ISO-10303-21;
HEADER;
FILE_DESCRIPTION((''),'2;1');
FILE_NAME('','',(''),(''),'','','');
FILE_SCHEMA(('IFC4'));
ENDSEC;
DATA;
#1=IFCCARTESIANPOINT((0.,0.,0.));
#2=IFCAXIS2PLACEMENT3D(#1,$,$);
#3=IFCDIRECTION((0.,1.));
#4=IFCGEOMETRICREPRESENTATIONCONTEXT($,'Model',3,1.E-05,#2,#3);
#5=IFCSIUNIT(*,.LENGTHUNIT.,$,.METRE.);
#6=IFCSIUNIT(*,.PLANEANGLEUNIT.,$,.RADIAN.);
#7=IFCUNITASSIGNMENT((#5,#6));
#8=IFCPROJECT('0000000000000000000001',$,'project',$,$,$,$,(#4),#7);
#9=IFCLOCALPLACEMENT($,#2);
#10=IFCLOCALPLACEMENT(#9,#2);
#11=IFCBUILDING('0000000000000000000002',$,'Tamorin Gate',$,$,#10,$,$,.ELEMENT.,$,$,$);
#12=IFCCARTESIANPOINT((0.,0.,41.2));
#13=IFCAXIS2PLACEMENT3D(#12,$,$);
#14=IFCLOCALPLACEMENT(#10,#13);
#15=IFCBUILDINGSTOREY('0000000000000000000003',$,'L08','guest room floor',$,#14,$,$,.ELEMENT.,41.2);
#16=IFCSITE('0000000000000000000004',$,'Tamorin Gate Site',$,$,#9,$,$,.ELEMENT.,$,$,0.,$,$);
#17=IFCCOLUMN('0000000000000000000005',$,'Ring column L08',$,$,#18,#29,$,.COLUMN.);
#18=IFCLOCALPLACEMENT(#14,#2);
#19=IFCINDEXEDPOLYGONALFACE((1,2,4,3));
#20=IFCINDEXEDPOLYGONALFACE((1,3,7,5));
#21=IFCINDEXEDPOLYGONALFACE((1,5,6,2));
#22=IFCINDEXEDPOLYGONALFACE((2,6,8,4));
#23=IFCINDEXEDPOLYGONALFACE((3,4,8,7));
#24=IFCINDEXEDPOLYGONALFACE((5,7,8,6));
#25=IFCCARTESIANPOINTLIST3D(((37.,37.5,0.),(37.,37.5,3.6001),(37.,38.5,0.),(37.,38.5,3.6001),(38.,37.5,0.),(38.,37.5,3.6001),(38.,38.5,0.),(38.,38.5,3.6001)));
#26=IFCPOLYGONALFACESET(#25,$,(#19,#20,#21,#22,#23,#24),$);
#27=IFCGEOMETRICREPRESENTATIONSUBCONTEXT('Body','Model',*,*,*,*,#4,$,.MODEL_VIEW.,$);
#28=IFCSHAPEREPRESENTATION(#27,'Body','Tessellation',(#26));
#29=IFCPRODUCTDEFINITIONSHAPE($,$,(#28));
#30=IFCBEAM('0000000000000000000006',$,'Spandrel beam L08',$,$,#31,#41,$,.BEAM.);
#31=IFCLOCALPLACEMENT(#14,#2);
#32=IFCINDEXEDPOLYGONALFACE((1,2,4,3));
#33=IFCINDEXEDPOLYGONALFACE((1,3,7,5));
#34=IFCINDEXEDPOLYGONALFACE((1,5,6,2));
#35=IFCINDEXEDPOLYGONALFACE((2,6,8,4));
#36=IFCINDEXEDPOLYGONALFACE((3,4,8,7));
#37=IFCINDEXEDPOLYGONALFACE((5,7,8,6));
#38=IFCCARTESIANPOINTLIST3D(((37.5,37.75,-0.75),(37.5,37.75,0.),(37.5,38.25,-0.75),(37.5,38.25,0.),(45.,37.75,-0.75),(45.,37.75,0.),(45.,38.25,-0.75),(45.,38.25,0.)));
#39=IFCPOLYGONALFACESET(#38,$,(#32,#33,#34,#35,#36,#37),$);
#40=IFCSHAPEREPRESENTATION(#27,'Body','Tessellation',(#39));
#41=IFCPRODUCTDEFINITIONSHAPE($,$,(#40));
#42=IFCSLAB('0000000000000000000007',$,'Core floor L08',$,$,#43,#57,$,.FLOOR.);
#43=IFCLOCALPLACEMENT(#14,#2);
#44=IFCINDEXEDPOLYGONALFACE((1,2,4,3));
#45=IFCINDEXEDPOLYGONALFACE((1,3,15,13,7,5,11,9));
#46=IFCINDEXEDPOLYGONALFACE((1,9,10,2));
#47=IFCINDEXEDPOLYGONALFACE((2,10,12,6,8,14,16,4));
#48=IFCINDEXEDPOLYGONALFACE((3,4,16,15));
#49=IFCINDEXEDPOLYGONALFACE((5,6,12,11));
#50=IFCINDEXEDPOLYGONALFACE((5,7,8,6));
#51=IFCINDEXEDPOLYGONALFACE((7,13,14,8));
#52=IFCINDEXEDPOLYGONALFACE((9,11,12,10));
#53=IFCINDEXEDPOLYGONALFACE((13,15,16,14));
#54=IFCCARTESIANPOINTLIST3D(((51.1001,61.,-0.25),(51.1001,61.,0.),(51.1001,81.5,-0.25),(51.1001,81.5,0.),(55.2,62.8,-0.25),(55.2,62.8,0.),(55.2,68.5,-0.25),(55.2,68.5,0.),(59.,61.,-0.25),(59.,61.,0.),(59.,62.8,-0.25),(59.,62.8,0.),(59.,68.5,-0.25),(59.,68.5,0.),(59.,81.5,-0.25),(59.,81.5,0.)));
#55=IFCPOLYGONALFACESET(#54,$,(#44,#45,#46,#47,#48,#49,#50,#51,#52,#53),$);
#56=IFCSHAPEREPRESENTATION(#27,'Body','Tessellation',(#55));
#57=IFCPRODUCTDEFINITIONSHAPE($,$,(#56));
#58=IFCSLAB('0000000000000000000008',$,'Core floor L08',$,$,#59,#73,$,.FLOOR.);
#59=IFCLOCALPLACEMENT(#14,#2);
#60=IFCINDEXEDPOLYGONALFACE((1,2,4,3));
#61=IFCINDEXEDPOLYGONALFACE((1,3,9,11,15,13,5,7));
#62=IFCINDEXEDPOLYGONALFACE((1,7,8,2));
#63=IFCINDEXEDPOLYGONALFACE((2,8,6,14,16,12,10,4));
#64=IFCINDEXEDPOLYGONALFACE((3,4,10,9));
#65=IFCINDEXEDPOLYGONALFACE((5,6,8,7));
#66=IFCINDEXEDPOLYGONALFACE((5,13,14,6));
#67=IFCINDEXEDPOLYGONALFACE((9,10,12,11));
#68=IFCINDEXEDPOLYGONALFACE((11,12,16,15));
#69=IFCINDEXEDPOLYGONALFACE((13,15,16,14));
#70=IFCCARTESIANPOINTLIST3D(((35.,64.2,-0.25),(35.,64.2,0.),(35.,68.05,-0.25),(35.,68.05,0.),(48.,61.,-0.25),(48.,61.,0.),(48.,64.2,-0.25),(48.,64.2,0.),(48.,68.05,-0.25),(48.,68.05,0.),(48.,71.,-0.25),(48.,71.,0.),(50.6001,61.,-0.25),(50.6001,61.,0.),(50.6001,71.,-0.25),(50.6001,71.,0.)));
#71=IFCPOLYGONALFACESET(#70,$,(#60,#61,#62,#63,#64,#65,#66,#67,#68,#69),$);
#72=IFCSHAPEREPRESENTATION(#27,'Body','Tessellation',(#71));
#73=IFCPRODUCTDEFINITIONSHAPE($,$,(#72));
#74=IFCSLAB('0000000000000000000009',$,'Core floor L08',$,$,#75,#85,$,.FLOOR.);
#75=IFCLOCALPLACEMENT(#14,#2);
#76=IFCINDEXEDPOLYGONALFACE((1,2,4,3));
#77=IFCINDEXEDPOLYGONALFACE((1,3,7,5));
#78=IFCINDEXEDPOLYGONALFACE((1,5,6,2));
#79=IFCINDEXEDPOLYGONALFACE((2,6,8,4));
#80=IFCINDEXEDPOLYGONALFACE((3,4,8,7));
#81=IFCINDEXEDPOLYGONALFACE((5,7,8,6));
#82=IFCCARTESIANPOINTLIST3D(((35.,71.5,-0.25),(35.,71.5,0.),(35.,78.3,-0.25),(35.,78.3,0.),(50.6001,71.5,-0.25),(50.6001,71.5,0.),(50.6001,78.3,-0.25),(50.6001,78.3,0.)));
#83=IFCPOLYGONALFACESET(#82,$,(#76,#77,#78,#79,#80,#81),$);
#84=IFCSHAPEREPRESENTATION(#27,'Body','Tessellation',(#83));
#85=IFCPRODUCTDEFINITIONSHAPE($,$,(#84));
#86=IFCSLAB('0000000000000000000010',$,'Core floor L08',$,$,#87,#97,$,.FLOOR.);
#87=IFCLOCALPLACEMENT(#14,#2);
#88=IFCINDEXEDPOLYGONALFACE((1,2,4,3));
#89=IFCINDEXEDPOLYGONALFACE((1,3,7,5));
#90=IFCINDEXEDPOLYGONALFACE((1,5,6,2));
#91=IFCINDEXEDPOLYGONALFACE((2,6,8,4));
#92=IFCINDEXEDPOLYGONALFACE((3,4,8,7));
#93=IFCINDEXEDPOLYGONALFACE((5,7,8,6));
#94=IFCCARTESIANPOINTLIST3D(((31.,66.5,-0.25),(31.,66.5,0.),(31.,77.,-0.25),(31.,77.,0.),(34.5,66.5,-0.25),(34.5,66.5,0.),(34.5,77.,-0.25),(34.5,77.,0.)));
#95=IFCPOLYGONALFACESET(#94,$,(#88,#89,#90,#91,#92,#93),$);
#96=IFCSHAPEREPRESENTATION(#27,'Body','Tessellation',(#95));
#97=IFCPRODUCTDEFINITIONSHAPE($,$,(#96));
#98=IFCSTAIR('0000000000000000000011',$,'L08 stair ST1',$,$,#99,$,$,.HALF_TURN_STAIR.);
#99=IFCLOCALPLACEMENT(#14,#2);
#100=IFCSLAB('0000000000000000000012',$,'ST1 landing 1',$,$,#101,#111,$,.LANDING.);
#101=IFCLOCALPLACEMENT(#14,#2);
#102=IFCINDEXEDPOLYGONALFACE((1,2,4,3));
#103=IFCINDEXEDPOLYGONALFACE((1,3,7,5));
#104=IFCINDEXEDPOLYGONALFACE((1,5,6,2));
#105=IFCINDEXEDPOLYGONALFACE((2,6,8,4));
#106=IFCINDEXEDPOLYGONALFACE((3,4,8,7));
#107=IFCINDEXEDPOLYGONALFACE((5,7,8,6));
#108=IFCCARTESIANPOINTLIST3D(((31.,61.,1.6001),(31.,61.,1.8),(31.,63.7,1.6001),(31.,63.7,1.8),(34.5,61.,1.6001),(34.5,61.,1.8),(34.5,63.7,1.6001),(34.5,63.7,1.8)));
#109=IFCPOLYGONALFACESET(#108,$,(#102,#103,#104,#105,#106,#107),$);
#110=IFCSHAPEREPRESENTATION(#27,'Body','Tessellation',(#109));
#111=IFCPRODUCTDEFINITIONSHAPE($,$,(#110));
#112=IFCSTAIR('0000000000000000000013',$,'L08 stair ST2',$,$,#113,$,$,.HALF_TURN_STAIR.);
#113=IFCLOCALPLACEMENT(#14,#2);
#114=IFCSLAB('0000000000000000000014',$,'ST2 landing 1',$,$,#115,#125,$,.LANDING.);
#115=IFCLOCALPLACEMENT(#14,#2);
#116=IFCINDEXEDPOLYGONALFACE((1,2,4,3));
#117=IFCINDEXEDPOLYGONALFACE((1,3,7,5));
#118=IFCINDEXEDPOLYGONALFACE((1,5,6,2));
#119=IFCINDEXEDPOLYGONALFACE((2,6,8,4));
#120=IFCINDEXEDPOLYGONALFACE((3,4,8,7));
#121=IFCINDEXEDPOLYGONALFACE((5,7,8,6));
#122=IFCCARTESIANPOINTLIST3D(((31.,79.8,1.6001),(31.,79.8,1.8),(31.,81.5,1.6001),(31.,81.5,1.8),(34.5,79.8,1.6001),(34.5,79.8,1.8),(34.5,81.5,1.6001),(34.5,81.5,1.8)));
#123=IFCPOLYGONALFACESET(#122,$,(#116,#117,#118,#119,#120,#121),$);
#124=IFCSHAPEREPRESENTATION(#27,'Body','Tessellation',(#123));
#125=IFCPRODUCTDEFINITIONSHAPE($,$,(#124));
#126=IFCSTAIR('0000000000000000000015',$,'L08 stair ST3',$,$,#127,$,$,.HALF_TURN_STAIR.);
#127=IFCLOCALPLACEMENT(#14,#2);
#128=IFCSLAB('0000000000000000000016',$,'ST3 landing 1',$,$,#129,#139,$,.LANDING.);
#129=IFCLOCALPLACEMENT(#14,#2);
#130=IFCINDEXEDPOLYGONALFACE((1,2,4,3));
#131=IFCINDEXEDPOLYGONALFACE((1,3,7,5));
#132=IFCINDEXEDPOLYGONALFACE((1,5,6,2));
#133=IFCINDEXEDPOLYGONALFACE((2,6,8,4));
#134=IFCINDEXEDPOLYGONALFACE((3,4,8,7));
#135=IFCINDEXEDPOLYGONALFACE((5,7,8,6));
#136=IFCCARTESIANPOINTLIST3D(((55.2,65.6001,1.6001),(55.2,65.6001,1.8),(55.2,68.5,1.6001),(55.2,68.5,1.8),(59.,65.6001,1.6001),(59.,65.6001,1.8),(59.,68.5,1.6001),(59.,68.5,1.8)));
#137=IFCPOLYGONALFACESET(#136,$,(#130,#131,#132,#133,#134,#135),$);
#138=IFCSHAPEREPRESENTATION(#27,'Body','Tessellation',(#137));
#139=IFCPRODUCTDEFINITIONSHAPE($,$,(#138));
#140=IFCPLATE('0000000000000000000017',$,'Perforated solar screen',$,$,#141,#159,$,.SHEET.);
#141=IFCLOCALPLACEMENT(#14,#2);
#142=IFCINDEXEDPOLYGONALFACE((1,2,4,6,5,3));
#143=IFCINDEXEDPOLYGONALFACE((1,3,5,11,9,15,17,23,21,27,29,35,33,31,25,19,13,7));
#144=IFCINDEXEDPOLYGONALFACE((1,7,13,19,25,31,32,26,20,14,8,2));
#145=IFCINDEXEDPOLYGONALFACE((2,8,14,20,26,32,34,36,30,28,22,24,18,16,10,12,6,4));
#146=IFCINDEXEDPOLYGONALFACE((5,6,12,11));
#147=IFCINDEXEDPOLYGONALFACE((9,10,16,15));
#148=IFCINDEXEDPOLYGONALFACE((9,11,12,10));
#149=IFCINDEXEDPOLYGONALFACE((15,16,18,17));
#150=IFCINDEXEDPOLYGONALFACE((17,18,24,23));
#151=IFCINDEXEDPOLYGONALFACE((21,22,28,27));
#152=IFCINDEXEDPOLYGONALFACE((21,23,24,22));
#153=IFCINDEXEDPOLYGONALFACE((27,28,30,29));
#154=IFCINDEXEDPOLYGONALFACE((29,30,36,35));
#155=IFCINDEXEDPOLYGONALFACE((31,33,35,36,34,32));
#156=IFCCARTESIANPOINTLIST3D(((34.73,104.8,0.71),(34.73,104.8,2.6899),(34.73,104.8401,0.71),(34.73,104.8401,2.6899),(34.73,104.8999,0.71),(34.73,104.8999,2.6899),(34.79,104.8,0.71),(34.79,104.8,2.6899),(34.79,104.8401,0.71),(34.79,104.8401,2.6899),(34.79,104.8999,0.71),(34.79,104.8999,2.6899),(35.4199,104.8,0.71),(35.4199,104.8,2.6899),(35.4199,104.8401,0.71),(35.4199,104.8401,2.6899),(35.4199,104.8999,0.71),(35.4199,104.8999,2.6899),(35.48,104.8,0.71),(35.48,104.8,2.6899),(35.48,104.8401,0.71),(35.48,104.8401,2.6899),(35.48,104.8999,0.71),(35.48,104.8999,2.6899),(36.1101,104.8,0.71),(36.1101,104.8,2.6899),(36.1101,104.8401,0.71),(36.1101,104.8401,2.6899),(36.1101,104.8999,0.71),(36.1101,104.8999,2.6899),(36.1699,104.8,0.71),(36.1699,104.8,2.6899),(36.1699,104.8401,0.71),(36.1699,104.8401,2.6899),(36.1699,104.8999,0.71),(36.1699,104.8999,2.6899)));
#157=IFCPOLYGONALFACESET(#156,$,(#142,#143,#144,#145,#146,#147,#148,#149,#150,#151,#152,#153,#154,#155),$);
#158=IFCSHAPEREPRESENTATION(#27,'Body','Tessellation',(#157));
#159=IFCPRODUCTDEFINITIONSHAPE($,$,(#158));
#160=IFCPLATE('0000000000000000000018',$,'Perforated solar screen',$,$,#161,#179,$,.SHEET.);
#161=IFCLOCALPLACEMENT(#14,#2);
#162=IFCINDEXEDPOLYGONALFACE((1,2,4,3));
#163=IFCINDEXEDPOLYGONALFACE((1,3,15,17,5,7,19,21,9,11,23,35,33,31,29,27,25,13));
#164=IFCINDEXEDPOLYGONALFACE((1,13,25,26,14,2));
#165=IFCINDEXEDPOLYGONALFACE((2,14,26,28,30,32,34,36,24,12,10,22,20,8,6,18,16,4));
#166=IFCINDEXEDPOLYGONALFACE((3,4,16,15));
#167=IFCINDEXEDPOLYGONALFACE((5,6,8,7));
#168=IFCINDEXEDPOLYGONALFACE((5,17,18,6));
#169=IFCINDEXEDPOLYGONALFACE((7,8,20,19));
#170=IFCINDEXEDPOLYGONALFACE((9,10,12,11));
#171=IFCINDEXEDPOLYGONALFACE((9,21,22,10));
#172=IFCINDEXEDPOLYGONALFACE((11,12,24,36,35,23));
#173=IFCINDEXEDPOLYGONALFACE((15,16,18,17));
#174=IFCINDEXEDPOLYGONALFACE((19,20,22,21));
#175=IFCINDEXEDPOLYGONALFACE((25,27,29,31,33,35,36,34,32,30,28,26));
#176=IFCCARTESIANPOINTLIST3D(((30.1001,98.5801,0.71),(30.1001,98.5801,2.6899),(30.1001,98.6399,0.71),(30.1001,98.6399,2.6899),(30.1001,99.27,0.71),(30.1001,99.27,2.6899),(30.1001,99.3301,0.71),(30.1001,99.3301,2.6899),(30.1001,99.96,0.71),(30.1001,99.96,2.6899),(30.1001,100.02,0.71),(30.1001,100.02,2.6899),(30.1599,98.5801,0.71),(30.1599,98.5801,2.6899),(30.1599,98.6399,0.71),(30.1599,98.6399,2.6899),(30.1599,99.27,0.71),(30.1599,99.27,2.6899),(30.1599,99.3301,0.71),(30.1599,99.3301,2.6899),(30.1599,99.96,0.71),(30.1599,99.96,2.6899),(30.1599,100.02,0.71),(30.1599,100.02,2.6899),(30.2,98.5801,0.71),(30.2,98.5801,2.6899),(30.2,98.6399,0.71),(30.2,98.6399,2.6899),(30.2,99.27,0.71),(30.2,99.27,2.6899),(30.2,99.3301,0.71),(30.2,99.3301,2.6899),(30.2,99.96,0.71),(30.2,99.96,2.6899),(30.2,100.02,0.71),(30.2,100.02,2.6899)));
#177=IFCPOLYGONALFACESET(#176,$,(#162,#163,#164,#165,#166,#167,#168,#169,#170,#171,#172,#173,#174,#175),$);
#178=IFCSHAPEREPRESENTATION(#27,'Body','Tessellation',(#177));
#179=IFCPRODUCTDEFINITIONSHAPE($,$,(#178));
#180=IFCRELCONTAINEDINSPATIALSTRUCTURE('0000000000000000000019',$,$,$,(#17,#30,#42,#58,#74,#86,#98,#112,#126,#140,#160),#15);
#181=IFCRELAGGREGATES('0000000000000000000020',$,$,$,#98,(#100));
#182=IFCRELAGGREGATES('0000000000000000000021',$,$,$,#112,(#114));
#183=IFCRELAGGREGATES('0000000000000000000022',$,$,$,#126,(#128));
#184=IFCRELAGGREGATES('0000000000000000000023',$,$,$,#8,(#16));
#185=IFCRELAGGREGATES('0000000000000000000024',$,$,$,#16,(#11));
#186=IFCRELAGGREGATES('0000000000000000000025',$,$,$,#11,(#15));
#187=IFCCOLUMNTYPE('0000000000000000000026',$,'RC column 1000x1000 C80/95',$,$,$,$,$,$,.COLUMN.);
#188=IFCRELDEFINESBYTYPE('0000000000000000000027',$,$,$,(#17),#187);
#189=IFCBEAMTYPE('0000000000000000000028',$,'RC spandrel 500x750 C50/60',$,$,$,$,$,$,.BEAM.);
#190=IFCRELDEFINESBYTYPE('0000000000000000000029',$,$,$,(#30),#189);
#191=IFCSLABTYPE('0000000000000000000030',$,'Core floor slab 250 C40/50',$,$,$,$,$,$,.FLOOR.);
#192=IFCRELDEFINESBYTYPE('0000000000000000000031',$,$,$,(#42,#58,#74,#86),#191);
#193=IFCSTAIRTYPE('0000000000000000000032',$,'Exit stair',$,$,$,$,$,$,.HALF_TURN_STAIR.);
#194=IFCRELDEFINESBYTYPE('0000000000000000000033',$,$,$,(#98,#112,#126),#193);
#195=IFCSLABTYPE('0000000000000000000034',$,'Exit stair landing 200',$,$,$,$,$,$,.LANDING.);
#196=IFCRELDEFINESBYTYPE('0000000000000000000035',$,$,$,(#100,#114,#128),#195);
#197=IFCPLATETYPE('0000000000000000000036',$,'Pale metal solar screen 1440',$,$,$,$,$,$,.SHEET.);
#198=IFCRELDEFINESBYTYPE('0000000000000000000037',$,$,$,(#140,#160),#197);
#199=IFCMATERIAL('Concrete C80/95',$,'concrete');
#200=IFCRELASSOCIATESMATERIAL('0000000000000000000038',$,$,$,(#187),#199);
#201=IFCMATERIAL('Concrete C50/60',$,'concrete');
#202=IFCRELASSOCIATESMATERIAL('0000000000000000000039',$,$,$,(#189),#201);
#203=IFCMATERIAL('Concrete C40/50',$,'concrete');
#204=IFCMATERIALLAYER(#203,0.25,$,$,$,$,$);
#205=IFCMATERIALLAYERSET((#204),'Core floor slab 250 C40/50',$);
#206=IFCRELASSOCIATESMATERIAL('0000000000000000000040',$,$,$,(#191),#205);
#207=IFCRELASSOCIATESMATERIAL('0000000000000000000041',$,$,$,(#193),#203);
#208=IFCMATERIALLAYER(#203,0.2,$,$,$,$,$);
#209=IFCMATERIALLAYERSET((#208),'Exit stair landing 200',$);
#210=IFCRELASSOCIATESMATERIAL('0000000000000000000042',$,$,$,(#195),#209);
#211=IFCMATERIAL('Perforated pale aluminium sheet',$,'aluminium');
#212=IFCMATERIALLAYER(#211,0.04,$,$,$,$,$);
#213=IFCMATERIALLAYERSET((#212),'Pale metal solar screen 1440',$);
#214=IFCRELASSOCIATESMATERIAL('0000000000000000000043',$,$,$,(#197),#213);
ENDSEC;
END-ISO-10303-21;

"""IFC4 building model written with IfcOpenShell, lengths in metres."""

from ifc_helpers import new_model, si_unit, direction, frame, origin, origin_2d, place, context, subcontext, project, spatial, polyline, rectangle, outline, extrude, material, layer, layer_set, material_profile, profile_set, type_object, element, aggregate, save


model = new_model("IFC4")

# Units and contexts
model_context = context("Model", 3, precision=1e-05, world=origin(), true_north=direction((0.0, 1.0)))
body_context = subcontext(model_context, "Body", "Model", "MODEL_VIEW")
ifc_project = project(units=[si_unit("LENGTHUNIT", "METRE"), si_unit("PLANEANGLEUNIT", "RADIAN")], contexts=[model_context])

# Site, building, storey
site_placement = place(None, origin())
site = spatial("IfcSite", under=ifc_project, at=site_placement, Name="Tamorin Gate Site", CompositionType="ELEMENT", RefElevation=0.0)
building_placement = place(site_placement, origin())
building = spatial("IfcBuilding", under=site, at=building_placement, Name="Tamorin Gate", CompositionType="ELEMENT")
storey_placement = place(building_placement, frame((0.0, 0.0, 41.2)))
storey = spatial("IfcBuildingStorey", under=building, at=storey_placement, Name="L08", Description="guest room floor", CompositionType="ELEMENT", Elevation=41.2)

# Column
ifc_material_1 = material(Name="Concrete C80/95", Category="concrete")
ifc_material_profile_1 = material_profile(ifc_material_1, rectangle(XDim=1.0, YDim=1.0, at=origin_2d()), Name="RC 1000x1000")
ifc_profile_set_1 = profile_set([ifc_material_profile_1], Name="Concrete C80/95")
column_type = type_object("IfcColumnType", Name="RC column 1000x1000 C80/95", PredefinedType="COLUMN", material=ifc_profile_set_1)
column_placement = place(storey_placement, frame((37.5, 38.0, 0.0), z_axis=(0.0, 0.0, 1.0), x_axis=(1.0, 0.0, 0.0)))
element("IfcColumn", 1, at=column_placement, inside=storey, type_object=column_type, Name="Ring column L08", PredefinedType="COLUMN", context=body_context, shape_type="SweptSolid", body=[
    extrude(rectangle(XDim=1.0, YDim=1.0, at=origin_2d()), origin(), (0.0, 0.0, 1.0), 3.6001),
])

# Beam
ifc_material_2 = material(Name="Concrete C50/60", Category="concrete")
ifc_material_profile_2 = material_profile(ifc_material_2, rectangle(XDim=0.5, YDim=0.75, at=origin_2d()), Name="RC 500x750")
ifc_profile_set_2 = profile_set([ifc_material_profile_2], Name="Concrete C50/60")
beam_type = type_object("IfcBeamType", Name="RC spandrel 500x750 C50/60", PredefinedType="BEAM", material=ifc_profile_set_2)
beam_placement = place(storey_placement, frame((37.5, 38.0, -0.375), z_axis=(1.0, 0.0, 0.0), x_axis=(0.0, 1.0, 0.0)))
element("IfcBeam", 2, at=beam_placement, inside=storey, type_object=beam_type, Name="Spandrel beam L08", PredefinedType="BEAM", context=body_context, shape_type="SweptSolid", body=[
    extrude(rectangle(XDim=0.5, YDim=0.75, at=origin_2d()), origin(), (0.0, 0.0, 1.0), 7.5),
])

# Slabs
ifc_material_3 = material(Name="Concrete C40/50", Category="concrete")
ifc_layer_1 = layer(ifc_material_3, 0.25)
ifc_layer_set_1 = layer_set([ifc_layer_1], Name="Core floor slab 250 C40/50")
slab_type_1 = type_object("IfcSlabType", Name="Core floor slab 250 C40/50", PredefinedType="FLOOR", material=ifc_layer_set_1)
slab_1_placement = place(storey_placement, frame((0.0, 0.0, -0.25)))
element("IfcSlab", 3, at=slab_1_placement, inside=storey, type_object=slab_type_1, Name="Core floor L08", PredefinedType="FLOOR", context=body_context, shape_type="SweptSolid", body=[
    extrude(outline(polyline([(59.0, 62.8), (59.0, 61.0), (51.1001, 61.0), (51.1001, 81.5), (59.0, 81.5), (59.0, 68.5), (55.2, 68.5), (55.2, 62.8), (59.0, 62.8)])), origin(), (0.0, 0.0, 1.0), 0.25),
])
slab_2_placement = place(storey_placement, frame((0.0, 0.0, -0.25)))
element("IfcSlab", 4, at=slab_2_placement, inside=storey, type_object=slab_type_1, Name="Core floor L08", PredefinedType="FLOOR", context=body_context, shape_type="SweptSolid", body=[
    extrude(outline(polyline([(50.6001, 61.0), (48.0, 61.0), (48.0, 64.2), (35.0, 64.2), (35.0, 68.05), (48.0, 68.05), (48.0, 71.0), (50.6001, 71.0), (50.6001, 61.0)])), origin(), (0.0, 0.0, 1.0), 0.25),
])
slab_3_placement = place(storey_placement, frame((0.0, 0.0, -0.25)))
element("IfcSlab", 5, at=slab_3_placement, inside=storey, type_object=slab_type_1, Name="Core floor L08", PredefinedType="FLOOR", context=body_context, shape_type="SweptSolid", body=[
    extrude(outline(polyline([(50.6001, 71.5), (35.0, 71.5), (35.0, 78.3), (50.6001, 78.3), (50.6001, 71.5)])), origin(), (0.0, 0.0, 1.0), 0.25),
])
slab_4_placement = place(storey_placement, frame((0.0, 0.0, -0.25)))
element("IfcSlab", 6, at=slab_4_placement, inside=storey, type_object=slab_type_1, Name="Core floor L08", PredefinedType="FLOOR", context=body_context, shape_type="SweptSolid", body=[
    extrude(outline(polyline([(31.0, 66.5), (31.0, 77.0), (34.5, 77.0), (34.5, 66.5), (31.0, 66.5)])), origin(), (0.0, 0.0, 1.0), 0.25),
])

# Stairs, slabs
stair_type = type_object("IfcStairType", Name="Exit stair", PredefinedType="HALF_TURN_STAIR", material=ifc_material_3)
stair_1_placement = place(storey_placement, origin())
stair_1 = element("IfcStair", 7, at=stair_1_placement, inside=storey, type_object=stair_type, Name="L08 stair ST1", PredefinedType="HALF_TURN_STAIR")
ifc_layer_2 = layer(ifc_material_3, 0.2)
ifc_layer_set_2 = layer_set([ifc_layer_2], Name="Exit stair landing 200")
slab_type_2 = type_object("IfcSlabType", Name="Exit stair landing 200", PredefinedType="LANDING", material=ifc_layer_set_2)
slab_5_placement = place(storey_placement, frame((0.0, 0.0, 1.6001)))
slab_5 = element("IfcSlab", 8, at=slab_5_placement, type_object=slab_type_2, Name="ST1 landing 1", PredefinedType="LANDING", context=body_context, shape_type="SweptSolid", body=[
    extrude(outline(polyline([(31.0, 63.7), (31.0, 61.0), (34.5, 61.0), (34.5, 63.7), (31.0, 63.7)])), origin(), (0.0, 0.0, 1.0), 0.2),
])
aggregate(stair_1, [slab_5])
stair_2_placement = place(storey_placement, origin())
stair_2 = element("IfcStair", 9, at=stair_2_placement, inside=storey, type_object=stair_type, Name="L08 stair ST2", PredefinedType="HALF_TURN_STAIR")
slab_6_placement = place(storey_placement, frame((0.0, 0.0, 1.6001)))
slab_6 = element("IfcSlab", 10, at=slab_6_placement, type_object=slab_type_2, Name="ST2 landing 1", PredefinedType="LANDING", context=body_context, shape_type="SweptSolid", body=[
    extrude(outline(polyline([(34.5, 79.8), (34.5, 81.5), (31.0, 81.5), (31.0, 79.8), (34.5, 79.8)])), origin(), (0.0, 0.0, 1.0), 0.2),
])
aggregate(stair_2, [slab_6])
stair_3_placement = place(storey_placement, origin())
stair_3 = element("IfcStair", 11, at=stair_3_placement, inside=storey, type_object=stair_type, Name="L08 stair ST3", PredefinedType="HALF_TURN_STAIR")
slab_7_placement = place(storey_placement, frame((0.0, 0.0, 1.6001)))
slab_7 = element("IfcSlab", 12, at=slab_7_placement, type_object=slab_type_2, Name="ST3 landing 1", PredefinedType="LANDING", context=body_context, shape_type="SweptSolid", body=[
    extrude(outline(polyline([(59.0, 65.6001), (59.0, 68.5), (55.2, 68.5), (55.2, 65.6001), (59.0, 65.6001)])), origin(), (0.0, 0.0, 1.0), 0.2),
])
aggregate(stair_3, [slab_7])

# Plates
ifc_material_4 = material(Name="Perforated pale aluminium sheet", Category="aluminium")
ifc_layer_3 = layer(ifc_material_4, 0.04)
ifc_layer_set_3 = layer_set([ifc_layer_3], Name="Pale metal solar screen 1440")
plate_type = type_object("IfcPlateType", Name="Pale metal solar screen 1440", PredefinedType="SHEET", material=ifc_layer_set_3)
plate_1_placement = place(storey_placement, frame((0.0, 0.0, 0.71)))
element("IfcPlate", 13, at=plate_1_placement, inside=storey, type_object=plate_type, Name="Perforated solar screen", PredefinedType="SHEET", context=body_context, shape_type="SweptSolid", body=[
    extrude(outline(polyline([(36.1699, 104.8401), (36.1699, 104.8), (36.1101, 104.8), (35.48, 104.8), (35.4199, 104.8), (34.79, 104.8), (34.73, 104.8), (34.73, 104.8401), (34.73, 104.8999), (34.79, 104.8999), (34.79, 104.8401), (35.4199, 104.8401), (35.4199, 104.8999), (35.48, 104.8999), (35.48, 104.8401), (36.1101, 104.8401), (36.1101, 104.8999), (36.1699, 104.8999), (36.1699, 104.8401)])), origin(), (0.0, 0.0, 1.0), 1.98),
])
plate_2_placement = place(storey_placement, frame((0.0, 0.0, 0.71)))
element("IfcPlate", 14, at=plate_2_placement, inside=storey, type_object=plate_type, Name="Perforated solar screen", PredefinedType="SHEET", context=body_context, shape_type="SweptSolid", body=[
    extrude(outline(polyline([(30.1599, 100.02), (30.2, 100.02), (30.2, 99.96), (30.2, 99.3301), (30.2, 99.27), (30.2, 98.6399), (30.2, 98.5801), (30.1599, 98.5801), (30.1001, 98.5801), (30.1001, 98.6399), (30.1599, 98.6399), (30.1599, 99.27), (30.1001, 99.27), (30.1001, 99.3301), (30.1599, 99.3301), (30.1599, 99.96), (30.1001, 99.96), (30.1001, 100.02), (30.1599, 100.02)])), origin(), (0.0, 0.0, 1.0), 1.98),
])

save(model, "model.ifc")
